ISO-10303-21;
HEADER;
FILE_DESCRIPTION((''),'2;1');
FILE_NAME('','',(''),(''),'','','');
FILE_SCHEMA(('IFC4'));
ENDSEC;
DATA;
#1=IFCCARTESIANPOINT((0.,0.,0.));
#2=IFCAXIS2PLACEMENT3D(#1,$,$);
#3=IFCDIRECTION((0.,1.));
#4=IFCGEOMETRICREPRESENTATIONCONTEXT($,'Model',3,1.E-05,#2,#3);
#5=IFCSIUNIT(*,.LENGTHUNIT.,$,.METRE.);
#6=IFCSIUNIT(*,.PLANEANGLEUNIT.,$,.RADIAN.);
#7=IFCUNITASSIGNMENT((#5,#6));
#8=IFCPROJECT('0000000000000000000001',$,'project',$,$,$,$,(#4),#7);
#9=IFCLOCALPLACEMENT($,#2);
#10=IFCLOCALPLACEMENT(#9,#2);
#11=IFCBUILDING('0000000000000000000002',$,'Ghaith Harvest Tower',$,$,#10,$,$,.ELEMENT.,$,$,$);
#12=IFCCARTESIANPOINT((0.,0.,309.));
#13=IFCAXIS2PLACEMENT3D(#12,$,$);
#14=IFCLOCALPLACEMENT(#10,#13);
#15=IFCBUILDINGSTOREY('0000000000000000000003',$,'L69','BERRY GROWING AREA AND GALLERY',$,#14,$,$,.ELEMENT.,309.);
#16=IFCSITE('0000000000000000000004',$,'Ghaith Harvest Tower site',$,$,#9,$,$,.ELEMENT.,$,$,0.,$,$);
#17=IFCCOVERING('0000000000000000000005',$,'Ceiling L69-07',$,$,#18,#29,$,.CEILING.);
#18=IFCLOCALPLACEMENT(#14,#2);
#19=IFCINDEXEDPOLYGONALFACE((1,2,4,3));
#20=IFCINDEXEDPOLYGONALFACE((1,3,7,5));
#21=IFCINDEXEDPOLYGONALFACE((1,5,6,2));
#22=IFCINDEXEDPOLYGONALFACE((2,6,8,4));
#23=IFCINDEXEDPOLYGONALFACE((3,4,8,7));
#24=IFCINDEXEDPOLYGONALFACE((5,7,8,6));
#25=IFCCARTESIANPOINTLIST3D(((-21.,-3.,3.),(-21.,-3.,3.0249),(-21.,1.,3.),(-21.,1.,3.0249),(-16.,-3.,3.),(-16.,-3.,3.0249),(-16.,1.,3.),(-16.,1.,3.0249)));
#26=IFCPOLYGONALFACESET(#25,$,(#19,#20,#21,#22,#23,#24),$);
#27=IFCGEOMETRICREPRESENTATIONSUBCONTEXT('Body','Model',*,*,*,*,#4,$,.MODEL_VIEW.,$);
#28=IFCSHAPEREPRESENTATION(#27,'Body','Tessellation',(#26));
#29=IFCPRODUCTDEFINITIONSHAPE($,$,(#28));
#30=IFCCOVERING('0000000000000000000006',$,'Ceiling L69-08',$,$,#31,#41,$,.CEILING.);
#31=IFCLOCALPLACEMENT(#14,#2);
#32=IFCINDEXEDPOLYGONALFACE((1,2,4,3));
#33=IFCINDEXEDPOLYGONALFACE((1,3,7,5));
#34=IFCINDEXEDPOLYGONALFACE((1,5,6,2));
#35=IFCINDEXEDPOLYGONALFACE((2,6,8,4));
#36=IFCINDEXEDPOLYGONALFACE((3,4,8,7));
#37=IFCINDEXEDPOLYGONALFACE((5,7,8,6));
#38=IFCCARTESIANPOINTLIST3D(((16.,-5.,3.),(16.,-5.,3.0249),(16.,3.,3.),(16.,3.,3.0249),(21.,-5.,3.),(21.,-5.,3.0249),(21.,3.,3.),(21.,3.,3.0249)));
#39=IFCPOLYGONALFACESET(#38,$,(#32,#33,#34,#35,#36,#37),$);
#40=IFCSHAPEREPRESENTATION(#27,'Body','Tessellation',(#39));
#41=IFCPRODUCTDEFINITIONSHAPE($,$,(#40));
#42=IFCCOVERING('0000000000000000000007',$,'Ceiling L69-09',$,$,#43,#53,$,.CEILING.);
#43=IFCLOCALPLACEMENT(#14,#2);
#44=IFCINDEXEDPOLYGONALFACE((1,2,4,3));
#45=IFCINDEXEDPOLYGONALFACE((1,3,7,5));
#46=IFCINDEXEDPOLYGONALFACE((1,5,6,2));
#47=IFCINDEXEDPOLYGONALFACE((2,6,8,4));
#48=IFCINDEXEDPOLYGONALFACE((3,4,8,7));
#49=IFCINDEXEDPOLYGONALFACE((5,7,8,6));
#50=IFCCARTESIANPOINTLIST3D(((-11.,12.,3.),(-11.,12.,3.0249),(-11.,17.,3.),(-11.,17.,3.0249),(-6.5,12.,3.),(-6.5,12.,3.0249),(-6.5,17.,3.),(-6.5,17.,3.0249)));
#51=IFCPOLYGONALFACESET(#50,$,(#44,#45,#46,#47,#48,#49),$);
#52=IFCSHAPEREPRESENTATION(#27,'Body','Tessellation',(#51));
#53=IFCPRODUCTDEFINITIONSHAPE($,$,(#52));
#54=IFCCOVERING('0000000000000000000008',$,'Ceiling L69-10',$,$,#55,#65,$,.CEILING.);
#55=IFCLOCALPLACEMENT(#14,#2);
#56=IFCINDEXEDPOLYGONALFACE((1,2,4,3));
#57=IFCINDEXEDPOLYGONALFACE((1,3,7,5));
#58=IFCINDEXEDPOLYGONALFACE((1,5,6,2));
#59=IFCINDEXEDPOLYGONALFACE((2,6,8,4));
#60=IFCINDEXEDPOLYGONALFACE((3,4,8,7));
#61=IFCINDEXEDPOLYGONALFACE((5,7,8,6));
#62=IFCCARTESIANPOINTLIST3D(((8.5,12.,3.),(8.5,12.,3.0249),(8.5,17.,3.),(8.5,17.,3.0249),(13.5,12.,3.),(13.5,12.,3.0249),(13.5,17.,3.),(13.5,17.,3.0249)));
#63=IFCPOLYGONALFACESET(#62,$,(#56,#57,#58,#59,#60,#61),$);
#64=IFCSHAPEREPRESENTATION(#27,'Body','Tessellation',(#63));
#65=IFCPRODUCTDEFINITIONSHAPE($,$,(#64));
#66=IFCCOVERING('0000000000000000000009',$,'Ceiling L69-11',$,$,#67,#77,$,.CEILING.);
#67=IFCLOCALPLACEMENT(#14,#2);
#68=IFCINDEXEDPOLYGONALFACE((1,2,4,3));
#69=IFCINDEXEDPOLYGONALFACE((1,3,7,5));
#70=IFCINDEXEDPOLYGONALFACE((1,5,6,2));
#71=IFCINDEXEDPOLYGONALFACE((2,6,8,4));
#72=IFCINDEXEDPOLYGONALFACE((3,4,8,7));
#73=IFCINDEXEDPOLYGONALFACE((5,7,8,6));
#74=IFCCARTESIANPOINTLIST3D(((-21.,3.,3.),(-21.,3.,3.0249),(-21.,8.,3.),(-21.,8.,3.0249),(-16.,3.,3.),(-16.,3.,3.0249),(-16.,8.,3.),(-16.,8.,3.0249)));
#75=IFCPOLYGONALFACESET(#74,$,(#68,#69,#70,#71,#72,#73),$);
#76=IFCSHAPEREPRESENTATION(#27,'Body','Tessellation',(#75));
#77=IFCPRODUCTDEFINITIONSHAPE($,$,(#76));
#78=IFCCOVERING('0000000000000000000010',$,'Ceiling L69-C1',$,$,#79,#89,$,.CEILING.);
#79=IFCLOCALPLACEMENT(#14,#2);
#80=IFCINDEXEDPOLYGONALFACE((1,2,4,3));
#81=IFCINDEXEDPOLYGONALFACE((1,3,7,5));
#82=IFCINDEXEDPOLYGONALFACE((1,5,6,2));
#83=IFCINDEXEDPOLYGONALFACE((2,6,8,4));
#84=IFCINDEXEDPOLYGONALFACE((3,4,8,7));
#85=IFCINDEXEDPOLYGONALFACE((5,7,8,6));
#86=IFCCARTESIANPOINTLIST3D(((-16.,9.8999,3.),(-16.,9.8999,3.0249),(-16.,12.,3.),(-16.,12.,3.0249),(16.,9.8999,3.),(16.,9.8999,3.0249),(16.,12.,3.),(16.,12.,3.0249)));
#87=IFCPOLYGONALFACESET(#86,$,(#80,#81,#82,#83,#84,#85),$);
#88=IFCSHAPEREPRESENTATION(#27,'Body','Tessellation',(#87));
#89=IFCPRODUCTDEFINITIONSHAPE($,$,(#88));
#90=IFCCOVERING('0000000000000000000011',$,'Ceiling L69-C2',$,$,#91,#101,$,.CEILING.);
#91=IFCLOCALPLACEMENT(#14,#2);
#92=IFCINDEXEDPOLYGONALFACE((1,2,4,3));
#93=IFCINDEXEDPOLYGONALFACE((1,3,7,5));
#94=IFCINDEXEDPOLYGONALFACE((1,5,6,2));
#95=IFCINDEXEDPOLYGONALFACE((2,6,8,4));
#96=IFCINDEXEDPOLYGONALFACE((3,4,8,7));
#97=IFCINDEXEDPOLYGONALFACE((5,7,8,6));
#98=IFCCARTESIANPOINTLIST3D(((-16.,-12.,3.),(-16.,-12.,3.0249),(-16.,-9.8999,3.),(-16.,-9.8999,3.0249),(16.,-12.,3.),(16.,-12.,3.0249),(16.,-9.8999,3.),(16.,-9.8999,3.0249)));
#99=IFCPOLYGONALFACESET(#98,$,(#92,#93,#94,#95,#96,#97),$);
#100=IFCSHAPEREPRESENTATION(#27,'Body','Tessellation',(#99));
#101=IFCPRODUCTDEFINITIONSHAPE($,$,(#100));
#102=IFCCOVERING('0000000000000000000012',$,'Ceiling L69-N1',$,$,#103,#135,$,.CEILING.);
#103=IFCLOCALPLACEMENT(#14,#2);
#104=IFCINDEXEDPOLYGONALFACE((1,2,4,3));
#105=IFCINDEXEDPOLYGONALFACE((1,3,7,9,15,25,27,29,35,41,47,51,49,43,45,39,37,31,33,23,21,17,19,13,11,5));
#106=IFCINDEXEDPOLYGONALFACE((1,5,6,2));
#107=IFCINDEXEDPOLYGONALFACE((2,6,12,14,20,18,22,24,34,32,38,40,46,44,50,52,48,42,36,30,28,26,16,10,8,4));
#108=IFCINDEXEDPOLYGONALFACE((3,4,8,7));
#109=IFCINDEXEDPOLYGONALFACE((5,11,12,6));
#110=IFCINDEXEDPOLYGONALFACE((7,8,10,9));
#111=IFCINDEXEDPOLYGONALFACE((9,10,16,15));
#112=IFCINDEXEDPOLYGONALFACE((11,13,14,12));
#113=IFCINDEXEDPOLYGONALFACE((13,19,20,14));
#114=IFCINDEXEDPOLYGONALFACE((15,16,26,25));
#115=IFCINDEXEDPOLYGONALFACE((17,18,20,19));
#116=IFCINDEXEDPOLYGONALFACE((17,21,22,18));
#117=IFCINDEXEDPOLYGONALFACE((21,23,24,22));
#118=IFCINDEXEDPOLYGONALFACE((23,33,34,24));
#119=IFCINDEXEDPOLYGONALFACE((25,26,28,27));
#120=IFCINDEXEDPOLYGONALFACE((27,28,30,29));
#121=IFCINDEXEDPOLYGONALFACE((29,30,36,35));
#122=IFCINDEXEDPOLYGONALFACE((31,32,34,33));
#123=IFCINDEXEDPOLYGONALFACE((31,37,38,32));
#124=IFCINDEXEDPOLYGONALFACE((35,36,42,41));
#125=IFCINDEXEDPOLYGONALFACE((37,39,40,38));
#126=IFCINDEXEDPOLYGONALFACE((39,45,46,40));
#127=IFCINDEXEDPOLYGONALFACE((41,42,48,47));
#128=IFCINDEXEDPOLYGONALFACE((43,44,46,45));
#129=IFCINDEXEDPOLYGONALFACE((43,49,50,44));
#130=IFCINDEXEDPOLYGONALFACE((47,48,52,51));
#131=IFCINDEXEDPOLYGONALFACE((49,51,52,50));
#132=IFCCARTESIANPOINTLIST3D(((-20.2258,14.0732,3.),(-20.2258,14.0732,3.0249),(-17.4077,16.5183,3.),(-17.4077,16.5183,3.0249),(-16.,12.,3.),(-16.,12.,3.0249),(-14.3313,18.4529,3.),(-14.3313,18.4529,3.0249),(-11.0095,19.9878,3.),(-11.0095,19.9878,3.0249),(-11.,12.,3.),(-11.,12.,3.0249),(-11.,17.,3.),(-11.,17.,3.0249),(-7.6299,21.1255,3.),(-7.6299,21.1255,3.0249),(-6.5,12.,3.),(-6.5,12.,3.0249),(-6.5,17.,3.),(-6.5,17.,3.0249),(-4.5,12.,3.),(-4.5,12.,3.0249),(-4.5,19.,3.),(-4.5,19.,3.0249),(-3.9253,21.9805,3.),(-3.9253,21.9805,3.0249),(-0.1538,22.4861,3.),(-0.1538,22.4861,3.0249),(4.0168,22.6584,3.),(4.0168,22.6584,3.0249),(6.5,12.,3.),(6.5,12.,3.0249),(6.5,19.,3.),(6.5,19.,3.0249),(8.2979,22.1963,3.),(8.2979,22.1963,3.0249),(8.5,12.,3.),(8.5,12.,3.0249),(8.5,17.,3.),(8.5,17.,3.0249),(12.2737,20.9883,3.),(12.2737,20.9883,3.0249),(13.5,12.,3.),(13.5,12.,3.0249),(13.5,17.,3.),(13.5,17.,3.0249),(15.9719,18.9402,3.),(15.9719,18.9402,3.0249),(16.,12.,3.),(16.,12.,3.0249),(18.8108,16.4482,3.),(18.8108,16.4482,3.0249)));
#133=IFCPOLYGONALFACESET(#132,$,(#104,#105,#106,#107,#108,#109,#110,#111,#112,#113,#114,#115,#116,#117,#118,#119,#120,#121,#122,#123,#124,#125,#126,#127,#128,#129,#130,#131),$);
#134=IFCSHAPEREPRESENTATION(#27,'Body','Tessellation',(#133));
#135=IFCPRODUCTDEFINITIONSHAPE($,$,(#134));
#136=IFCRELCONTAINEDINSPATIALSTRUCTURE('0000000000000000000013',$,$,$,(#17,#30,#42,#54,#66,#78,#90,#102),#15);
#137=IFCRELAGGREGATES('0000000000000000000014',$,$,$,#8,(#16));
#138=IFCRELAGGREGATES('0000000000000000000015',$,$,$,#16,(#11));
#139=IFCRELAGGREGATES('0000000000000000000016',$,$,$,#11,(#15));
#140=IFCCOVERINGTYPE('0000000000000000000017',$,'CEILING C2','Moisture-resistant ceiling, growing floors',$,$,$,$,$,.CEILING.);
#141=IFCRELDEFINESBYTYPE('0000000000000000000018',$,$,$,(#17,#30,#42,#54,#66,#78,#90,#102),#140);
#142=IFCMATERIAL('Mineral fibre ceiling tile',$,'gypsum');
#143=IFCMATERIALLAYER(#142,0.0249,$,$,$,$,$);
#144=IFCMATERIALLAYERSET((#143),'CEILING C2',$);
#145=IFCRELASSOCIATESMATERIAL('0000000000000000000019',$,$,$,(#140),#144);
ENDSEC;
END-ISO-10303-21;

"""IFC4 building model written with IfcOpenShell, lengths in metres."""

from ifc_helpers import new_model, si_unit, direction, frame, origin, place, context, subcontext, project, spatial, polyline, outline, extrude, material, layer, layer_set, type_object, element, save


model = new_model("IFC4")

# Units and contexts
model_context = context("Model", 3, precision=1e-05, world=origin(), true_north=direction((0.0, 1.0)))
body_context = subcontext(model_context, "Body", "Model", "MODEL_VIEW")
ifc_project = project(units=[si_unit("LENGTHUNIT", "METRE"), si_unit("PLANEANGLEUNIT", "RADIAN")], contexts=[model_context])

# Site, building, storey
site_placement = place(None, origin())
site = spatial("IfcSite", under=ifc_project, at=site_placement, Name="Ghaith Harvest Tower site", CompositionType="ELEMENT", RefElevation=0.0)
building_placement = place(site_placement, origin())
building = spatial("IfcBuilding", under=site, at=building_placement, Name="Ghaith Harvest Tower", CompositionType="ELEMENT")
storey_placement = place(building_placement, frame((0.0, 0.0, 309.0)))
storey = spatial("IfcBuildingStorey", under=building, at=storey_placement, Name="L69", Description="BERRY GROWING AREA AND GALLERY", CompositionType="ELEMENT", Elevation=309.0)

# Coverings
ifc_material_1 = material(Name="Mineral fibre ceiling tile", Category="gypsum")
ifc_layer_1 = layer(ifc_material_1, 0.0249)
ifc_layer_set_1 = layer_set([ifc_layer_1], Name="CEILING C2")
covering_type = type_object("IfcCoveringType", Name="CEILING C2", Description="Moisture-resistant ceiling, growing floors", PredefinedType="CEILING", material=ifc_layer_set_1)
covering_1_placement = place(storey_placement, frame((0.0, 0.0, 3.0)))
element("IfcCovering", 1, at=covering_1_placement, inside=storey, type_object=covering_type, Name="Ceiling L69-07", PredefinedType="CEILING", context=body_context, shape_type="SweptSolid", body=[
    extrude(outline(polyline([(-21.0, -3.0), (-16.0, -3.0), (-16.0, 1.0), (-21.0, 1.0), (-21.0, -3.0)])), origin(), (0.0, 0.0, 1.0), 0.0249),
])
covering_2_placement = place(storey_placement, frame((0.0, 0.0, 3.0)))
element("IfcCovering", 2, at=covering_2_placement, inside=storey, type_object=covering_type, Name="Ceiling L69-08", PredefinedType="CEILING", context=body_context, shape_type="SweptSolid", body=[
    extrude(outline(polyline([(16.0, -5.0), (21.0, -5.0), (21.0, 3.0), (16.0, 3.0), (16.0, -5.0)])), origin(), (0.0, 0.0, 1.0), 0.0249),
])
covering_3_placement = place(storey_placement, frame((0.0, 0.0, 3.0)))
element("IfcCovering", 3, at=covering_3_placement, inside=storey, type_object=covering_type, Name="Ceiling L69-09", PredefinedType="CEILING", context=body_context, shape_type="SweptSolid", body=[
    extrude(outline(polyline([(-11.0, 12.0), (-6.5, 12.0), (-6.5, 17.0), (-11.0, 17.0), (-11.0, 12.0)])), origin(), (0.0, 0.0, 1.0), 0.0249),
])
covering_4_placement = place(storey_placement, frame((0.0, 0.0, 3.0)))
element("IfcCovering", 4, at=covering_4_placement, inside=storey, type_object=covering_type, Name="Ceiling L69-10", PredefinedType="CEILING", context=body_context, shape_type="SweptSolid", body=[
    extrude(outline(polyline([(8.5, 12.0), (13.5, 12.0), (13.5, 17.0), (8.5, 17.0), (8.5, 12.0)])), origin(), (0.0, 0.0, 1.0), 0.0249),
])
covering_5_placement = place(storey_placement, frame((0.0, 0.0, 3.0)))
element("IfcCovering", 5, at=covering_5_placement, inside=storey, type_object=covering_type, Name="Ceiling L69-11", PredefinedType="CEILING", context=body_context, shape_type="SweptSolid", body=[
    extrude(outline(polyline([(-21.0, 3.0), (-16.0, 3.0), (-16.0, 8.0), (-21.0, 8.0), (-21.0, 3.0)])), origin(), (0.0, 0.0, 1.0), 0.0249),
])
covering_6_placement = place(storey_placement, frame((0.0, 0.0, 3.0)))
element("IfcCovering", 6, at=covering_6_placement, inside=storey, type_object=covering_type, Name="Ceiling L69-C1", PredefinedType="CEILING", context=body_context, shape_type="SweptSolid", body=[
    extrude(outline(polyline([(16.0, 9.8999), (-16.0, 9.8999), (-16.0, 12.0), (16.0, 12.0), (16.0, 9.8999)])), origin(), (0.0, 0.0, 1.0), 0.0249),
])
covering_7_placement = place(storey_placement, frame((0.0, 0.0, 3.0)))
element("IfcCovering", 7, at=covering_7_placement, inside=storey, type_object=covering_type, Name="Ceiling L69-C2", PredefinedType="CEILING", context=body_context, shape_type="SweptSolid", body=[
    extrude(outline(polyline([(-16.0, -9.8999), (16.0, -9.8999), (16.0, -12.0), (-16.0, -12.0), (-16.0, -9.8999)])), origin(), (0.0, 0.0, 1.0), 0.0249),
])
covering_8_placement = place(storey_placement, frame((0.0, 0.0, 3.0)))
element("IfcCovering", 8, at=covering_8_placement, inside=storey, type_object=covering_type, Name="Ceiling L69-N1", PredefinedType="CEILING", context=body_context, shape_type="SweptSolid", body=[
    extrude(outline(polyline([(-17.4077, 16.5183), (-14.3313, 18.4529), (-11.0095, 19.9878), (-7.6299, 21.1255), (-3.9253, 21.9805), (-0.1538, 22.4861), (4.0168, 22.6584), (8.2979, 22.1963), (12.2737, 20.9883), (15.9719, 18.9402), (18.8108, 16.4482), (16.0, 12.0), (13.5, 12.0), (13.5, 17.0), (8.5, 17.0), (8.5, 12.0), (6.5, 12.0), (6.5, 19.0), (-4.5, 19.0), (-4.5, 12.0), (-6.5, 12.0), (-6.5, 17.0), (-11.0, 17.0), (-11.0, 12.0), (-16.0, 12.0), (-20.2258, 14.0732), (-17.4077, 16.5183)])), origin(), (0.0, 0.0, 1.0), 0.0249),
])

save(model, "model.ifc")
